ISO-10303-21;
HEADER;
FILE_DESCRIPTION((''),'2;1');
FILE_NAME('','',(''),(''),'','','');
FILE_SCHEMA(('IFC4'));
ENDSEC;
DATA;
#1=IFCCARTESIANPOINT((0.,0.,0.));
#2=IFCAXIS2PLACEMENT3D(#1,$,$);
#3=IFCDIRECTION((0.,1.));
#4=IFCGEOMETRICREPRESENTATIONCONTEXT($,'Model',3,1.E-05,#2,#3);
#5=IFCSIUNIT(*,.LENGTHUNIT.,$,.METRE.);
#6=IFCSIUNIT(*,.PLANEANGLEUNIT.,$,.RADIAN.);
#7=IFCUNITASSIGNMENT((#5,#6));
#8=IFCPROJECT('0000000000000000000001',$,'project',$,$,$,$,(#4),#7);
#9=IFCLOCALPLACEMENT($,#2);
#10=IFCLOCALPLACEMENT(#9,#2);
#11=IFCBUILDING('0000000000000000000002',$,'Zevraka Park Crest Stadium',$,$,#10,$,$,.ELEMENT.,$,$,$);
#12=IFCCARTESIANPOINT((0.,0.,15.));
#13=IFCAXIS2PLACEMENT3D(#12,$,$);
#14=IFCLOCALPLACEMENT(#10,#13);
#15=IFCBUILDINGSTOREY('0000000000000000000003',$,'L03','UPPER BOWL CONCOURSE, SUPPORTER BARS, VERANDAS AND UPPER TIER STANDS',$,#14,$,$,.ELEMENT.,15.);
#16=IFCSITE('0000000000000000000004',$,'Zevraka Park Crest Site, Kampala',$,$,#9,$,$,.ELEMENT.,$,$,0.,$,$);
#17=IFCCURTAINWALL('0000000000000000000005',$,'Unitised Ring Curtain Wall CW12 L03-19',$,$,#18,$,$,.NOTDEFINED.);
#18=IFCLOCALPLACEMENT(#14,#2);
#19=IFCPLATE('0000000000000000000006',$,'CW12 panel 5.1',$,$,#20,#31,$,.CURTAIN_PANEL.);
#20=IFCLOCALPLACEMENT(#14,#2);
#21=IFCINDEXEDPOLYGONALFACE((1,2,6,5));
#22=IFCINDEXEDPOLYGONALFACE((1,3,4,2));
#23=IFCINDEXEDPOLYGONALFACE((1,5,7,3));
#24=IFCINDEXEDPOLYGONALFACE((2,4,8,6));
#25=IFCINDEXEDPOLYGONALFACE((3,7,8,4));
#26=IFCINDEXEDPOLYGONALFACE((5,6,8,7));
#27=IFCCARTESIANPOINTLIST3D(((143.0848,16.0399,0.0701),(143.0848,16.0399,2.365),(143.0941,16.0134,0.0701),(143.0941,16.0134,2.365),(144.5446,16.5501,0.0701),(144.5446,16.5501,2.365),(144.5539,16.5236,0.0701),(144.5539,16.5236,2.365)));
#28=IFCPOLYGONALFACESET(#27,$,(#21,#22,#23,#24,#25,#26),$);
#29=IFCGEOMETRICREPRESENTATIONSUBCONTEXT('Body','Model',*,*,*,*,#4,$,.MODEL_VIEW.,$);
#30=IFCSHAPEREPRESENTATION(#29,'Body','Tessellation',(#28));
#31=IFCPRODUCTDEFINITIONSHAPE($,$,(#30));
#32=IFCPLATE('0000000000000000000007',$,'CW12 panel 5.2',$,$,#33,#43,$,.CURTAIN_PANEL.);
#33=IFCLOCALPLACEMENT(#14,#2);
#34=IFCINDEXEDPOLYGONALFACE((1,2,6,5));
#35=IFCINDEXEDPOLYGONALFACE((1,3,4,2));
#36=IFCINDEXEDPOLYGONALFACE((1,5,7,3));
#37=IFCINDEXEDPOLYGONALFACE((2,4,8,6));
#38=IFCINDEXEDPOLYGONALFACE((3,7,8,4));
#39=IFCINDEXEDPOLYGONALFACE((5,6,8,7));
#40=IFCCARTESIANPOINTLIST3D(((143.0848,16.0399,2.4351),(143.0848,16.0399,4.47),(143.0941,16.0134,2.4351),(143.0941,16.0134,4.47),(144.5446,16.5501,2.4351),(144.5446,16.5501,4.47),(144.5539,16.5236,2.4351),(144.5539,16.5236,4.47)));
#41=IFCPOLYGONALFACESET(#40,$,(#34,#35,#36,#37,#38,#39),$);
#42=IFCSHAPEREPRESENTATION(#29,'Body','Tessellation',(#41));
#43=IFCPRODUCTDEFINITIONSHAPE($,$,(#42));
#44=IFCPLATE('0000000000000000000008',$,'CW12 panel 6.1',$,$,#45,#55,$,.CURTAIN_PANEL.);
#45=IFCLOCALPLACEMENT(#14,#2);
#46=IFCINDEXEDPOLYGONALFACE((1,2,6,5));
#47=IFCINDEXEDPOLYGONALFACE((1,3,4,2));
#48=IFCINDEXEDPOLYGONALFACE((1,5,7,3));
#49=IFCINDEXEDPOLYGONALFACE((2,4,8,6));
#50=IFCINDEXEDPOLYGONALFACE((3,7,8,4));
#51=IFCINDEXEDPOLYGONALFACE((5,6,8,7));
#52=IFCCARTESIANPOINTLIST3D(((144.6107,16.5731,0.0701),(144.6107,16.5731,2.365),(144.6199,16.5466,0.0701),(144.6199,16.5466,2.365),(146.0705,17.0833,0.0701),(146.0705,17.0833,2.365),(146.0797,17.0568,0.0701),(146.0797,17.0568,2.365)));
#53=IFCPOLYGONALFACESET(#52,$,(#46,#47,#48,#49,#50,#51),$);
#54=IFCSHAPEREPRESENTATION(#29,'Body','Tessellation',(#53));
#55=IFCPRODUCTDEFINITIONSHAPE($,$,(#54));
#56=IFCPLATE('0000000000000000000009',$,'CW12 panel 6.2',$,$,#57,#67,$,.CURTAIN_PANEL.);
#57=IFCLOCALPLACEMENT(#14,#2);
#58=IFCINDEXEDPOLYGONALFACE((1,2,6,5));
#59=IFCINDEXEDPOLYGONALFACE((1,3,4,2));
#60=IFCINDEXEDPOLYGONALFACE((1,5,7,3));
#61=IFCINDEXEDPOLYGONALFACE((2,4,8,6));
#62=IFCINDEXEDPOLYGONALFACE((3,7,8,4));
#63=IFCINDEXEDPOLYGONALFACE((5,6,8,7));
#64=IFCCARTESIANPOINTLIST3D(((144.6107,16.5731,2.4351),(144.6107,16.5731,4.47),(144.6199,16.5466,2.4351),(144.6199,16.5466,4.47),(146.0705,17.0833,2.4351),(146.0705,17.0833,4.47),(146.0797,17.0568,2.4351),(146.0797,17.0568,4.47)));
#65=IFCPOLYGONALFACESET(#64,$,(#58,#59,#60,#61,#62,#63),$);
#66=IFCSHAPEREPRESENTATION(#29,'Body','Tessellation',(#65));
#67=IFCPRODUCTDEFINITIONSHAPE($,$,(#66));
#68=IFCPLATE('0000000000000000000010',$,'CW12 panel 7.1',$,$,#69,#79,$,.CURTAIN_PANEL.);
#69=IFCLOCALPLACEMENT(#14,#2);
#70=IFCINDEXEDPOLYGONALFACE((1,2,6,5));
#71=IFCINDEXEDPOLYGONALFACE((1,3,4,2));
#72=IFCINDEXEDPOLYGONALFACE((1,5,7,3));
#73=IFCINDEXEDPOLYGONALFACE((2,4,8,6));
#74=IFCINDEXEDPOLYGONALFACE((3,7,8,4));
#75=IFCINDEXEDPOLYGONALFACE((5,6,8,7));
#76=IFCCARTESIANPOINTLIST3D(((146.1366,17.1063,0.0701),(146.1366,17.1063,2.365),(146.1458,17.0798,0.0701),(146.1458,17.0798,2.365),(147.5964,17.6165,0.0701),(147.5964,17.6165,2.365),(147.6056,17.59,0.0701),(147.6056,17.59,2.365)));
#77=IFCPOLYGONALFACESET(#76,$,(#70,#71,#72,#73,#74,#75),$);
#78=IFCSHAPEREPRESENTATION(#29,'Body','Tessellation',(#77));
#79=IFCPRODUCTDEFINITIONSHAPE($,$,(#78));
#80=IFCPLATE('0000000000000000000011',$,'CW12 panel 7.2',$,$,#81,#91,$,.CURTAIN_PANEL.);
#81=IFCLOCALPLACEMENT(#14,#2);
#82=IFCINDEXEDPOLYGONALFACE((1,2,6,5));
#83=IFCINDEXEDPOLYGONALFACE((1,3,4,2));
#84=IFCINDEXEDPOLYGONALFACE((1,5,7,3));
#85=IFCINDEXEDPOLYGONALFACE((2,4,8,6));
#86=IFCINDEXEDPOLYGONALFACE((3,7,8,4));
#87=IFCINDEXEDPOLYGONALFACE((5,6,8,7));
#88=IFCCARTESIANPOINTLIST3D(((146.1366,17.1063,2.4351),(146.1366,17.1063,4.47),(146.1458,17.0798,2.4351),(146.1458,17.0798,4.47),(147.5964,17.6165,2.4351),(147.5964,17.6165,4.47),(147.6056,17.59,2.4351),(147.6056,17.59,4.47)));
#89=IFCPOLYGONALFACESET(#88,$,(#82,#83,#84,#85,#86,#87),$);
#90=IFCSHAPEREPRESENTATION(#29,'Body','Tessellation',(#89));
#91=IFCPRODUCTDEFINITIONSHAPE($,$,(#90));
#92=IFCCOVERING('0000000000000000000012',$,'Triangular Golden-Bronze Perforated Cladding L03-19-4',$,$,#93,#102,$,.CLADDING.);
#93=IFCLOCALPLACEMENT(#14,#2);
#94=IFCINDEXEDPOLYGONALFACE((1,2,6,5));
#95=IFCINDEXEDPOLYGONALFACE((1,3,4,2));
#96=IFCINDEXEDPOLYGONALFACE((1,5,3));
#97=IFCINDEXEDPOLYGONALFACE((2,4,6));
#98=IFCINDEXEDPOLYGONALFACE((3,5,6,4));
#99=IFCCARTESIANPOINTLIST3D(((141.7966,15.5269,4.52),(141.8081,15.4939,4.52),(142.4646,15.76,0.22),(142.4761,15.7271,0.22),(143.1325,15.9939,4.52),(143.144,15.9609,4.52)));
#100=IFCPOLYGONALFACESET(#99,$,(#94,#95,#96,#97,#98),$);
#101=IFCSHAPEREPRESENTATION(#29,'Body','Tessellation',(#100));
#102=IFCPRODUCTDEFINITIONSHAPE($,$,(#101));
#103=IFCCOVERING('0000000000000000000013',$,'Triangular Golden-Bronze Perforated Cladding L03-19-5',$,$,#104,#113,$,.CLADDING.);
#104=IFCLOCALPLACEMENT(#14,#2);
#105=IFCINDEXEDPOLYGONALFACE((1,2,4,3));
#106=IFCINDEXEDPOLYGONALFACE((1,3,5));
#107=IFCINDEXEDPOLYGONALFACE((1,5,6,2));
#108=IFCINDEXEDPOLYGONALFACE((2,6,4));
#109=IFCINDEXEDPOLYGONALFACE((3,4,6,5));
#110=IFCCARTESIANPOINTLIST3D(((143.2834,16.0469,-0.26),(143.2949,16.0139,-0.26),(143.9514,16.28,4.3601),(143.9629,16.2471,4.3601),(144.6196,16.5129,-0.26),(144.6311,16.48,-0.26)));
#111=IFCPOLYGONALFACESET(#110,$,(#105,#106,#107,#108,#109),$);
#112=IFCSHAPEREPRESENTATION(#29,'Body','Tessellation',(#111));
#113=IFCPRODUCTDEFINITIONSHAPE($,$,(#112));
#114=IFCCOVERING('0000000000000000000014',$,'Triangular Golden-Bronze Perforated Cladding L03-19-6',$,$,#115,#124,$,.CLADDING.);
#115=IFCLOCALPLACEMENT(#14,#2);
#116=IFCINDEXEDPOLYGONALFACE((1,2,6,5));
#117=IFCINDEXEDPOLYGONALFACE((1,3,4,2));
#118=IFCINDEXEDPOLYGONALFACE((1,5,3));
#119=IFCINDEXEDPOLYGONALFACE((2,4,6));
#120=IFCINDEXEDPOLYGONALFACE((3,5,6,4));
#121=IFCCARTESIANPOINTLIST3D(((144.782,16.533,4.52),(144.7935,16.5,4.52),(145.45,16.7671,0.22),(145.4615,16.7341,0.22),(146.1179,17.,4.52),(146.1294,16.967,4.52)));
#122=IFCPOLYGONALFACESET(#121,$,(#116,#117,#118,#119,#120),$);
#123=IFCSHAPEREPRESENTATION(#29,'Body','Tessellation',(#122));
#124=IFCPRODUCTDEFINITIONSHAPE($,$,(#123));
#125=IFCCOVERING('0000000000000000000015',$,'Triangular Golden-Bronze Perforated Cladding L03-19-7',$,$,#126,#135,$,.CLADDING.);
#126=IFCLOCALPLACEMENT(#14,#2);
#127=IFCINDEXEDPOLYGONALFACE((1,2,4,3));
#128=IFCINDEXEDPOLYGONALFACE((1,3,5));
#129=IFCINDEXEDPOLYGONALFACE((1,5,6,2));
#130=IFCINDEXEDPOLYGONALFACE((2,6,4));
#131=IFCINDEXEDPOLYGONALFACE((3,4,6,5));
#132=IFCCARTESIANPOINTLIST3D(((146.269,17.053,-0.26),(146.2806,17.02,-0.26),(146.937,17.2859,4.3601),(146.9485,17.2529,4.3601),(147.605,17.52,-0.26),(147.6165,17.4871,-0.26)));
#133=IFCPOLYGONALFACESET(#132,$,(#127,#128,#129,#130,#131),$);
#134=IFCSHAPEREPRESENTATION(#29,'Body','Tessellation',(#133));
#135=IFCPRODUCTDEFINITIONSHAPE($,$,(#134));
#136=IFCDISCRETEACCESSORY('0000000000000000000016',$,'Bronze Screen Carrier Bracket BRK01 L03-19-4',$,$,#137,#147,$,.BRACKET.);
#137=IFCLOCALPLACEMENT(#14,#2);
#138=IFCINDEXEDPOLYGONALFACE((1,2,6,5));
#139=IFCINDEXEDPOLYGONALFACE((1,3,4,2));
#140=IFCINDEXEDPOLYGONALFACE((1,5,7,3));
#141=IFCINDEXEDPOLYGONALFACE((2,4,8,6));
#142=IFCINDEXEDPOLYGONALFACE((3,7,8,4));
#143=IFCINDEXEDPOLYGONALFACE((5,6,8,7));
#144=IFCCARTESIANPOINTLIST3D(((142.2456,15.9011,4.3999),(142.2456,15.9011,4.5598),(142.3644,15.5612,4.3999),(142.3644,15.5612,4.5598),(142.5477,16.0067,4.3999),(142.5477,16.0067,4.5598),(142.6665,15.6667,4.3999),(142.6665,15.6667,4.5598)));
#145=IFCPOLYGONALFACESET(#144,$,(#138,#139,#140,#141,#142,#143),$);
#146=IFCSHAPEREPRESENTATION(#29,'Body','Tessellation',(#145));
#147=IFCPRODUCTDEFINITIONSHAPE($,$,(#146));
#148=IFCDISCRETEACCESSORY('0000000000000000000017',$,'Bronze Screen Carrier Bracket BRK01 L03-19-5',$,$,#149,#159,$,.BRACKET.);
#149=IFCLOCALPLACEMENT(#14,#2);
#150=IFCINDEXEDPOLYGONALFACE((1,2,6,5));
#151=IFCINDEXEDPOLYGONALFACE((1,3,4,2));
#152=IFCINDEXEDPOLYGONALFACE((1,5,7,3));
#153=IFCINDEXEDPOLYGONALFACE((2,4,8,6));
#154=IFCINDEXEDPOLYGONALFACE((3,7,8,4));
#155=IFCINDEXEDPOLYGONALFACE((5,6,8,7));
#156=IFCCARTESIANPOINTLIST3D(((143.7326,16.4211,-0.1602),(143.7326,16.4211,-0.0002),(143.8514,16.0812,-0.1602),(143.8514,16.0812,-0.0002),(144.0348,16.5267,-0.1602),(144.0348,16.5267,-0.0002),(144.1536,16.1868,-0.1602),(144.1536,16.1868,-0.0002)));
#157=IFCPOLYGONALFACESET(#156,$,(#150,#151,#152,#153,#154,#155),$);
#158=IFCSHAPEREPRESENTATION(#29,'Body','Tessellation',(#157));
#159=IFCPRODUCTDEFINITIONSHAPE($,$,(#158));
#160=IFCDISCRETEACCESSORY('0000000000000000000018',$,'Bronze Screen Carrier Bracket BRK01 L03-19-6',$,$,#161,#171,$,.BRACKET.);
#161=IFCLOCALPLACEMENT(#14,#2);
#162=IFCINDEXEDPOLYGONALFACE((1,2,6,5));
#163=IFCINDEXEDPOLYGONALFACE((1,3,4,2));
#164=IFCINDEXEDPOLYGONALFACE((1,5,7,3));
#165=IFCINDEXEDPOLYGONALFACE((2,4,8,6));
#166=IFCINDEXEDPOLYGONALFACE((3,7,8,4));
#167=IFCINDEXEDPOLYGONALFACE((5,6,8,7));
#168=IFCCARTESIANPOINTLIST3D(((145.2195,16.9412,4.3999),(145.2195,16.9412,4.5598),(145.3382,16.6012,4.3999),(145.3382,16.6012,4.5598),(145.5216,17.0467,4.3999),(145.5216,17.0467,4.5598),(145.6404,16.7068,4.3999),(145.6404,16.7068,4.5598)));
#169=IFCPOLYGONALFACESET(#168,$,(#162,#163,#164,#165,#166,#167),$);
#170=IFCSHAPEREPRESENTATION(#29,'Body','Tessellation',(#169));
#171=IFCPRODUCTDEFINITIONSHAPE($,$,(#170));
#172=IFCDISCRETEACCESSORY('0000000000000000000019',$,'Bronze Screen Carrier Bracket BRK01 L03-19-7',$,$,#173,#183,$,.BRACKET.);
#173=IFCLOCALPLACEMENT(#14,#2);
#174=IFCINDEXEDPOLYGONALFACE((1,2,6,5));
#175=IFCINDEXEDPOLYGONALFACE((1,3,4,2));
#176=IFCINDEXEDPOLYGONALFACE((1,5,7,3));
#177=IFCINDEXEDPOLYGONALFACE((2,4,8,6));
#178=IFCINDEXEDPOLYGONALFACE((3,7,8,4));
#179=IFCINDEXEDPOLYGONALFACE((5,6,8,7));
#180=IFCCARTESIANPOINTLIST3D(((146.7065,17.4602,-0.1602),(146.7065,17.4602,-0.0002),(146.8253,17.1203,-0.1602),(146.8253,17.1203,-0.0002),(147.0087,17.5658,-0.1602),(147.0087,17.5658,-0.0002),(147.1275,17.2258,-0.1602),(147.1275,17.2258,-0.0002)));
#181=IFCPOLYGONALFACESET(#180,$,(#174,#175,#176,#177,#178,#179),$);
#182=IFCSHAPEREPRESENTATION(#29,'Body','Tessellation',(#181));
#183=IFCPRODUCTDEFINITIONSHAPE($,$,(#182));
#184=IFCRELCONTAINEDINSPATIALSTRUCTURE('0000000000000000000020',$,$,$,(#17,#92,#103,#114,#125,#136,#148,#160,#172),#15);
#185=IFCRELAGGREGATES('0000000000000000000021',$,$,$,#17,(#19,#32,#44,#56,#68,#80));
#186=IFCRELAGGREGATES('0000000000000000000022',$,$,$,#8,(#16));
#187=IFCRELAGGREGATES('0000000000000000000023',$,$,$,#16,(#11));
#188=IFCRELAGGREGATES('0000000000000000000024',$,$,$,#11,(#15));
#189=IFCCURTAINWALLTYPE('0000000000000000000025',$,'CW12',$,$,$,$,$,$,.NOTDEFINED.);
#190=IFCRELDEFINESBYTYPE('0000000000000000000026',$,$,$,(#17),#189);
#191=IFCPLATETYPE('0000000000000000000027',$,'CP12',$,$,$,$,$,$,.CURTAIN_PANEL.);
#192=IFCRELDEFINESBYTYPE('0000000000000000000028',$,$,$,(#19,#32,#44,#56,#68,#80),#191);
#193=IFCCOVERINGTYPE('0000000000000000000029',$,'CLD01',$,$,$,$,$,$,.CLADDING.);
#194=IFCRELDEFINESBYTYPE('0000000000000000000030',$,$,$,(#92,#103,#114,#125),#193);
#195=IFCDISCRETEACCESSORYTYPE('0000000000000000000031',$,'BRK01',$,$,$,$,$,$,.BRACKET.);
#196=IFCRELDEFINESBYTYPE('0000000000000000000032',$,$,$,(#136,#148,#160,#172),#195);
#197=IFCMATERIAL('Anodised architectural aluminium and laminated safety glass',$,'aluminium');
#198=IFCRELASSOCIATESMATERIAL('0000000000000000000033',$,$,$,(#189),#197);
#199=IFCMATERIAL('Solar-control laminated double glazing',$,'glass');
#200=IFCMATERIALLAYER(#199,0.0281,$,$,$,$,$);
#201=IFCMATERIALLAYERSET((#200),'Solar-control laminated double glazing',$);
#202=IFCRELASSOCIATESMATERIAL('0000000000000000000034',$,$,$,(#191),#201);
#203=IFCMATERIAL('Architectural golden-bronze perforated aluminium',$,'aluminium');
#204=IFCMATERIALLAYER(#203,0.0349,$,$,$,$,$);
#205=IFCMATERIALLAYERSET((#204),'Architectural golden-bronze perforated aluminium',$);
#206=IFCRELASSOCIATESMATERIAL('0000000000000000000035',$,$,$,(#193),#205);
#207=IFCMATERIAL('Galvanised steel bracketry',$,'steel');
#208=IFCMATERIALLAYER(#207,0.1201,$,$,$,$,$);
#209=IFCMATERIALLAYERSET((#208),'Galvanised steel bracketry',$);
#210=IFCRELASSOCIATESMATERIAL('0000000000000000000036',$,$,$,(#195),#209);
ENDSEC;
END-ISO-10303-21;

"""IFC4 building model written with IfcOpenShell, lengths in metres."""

from ifc_helpers import new_model, si_unit, direction, frame, origin, origin_2d, place, context, subcontext, project, spatial, polyline, rectangle, outline, extrude, material, layer, layer_set, type_object, element, aggregate, save


model = new_model("IFC4")

# Units and contexts
model_context = context("Model", 3, precision=1e-05, world=origin(), true_north=direction((0.0, 1.0)))
body_context = subcontext(model_context, "Body", "Model", "MODEL_VIEW")
ifc_project = project(units=[si_unit("LENGTHUNIT", "METRE"), si_unit("PLANEANGLEUNIT", "RADIAN")], contexts=[model_context])

# Site, building, storey
site_placement = place(None, origin())
site = spatial("IfcSite", under=ifc_project, at=site_placement, Name="Zevraka Park Crest Site, Kampala", CompositionType="ELEMENT", RefElevation=0.0)
building_placement = place(site_placement, origin())
building = spatial("IfcBuilding", under=site, at=building_placement, Name="Zevraka Park Crest Stadium", CompositionType="ELEMENT")
storey_placement = place(building_placement, frame((0.0, 0.0, 15.0)))
storey = spatial("IfcBuildingStorey", under=building, at=storey_placement, Name="L03", Description="UPPER BOWL CONCOURSE, SUPPORTER BARS, VERANDAS AND UPPER TIER STANDS", CompositionType="ELEMENT", Elevation=15.0)

# Curtain wall
ifc_material_1 = material(Name="Anodised architectural aluminium and laminated safety glass", Category="aluminium")
curtain_wall_type = type_object("IfcCurtainWallType", Name="CW12", PredefinedType="NOTDEFINED", material=ifc_material_1)
curtain_wall_placement = place(storey_placement, origin())
curtain_wall = element("IfcCurtainWall", 1, at=curtain_wall_placement, inside=storey, type_object=curtain_wall_type, Name="Unitised Ring Curtain Wall CW12 L03-19", PredefinedType="NOTDEFINED")

# Plates
ifc_material_2 = material(Name="Solar-control laminated double glazing", Category="glass")
ifc_layer_1 = layer(ifc_material_2, 0.0281)
ifc_layer_set_1 = layer_set([ifc_layer_1], Name="Solar-control laminated double glazing")
plate_type = type_object("IfcPlateType", Name="CP12", PredefinedType="CURTAIN_PANEL", material=ifc_layer_set_1)
plate_1_placement = place(storey_placement, frame((143.8193, 16.2817, 0.0701), z_axis=(0.0, 0.0, 1.0), x_axis=(0.94401, 0.329917, 0.0)))
plate_1 = element("IfcPlate", 2, at=plate_1_placement, type_object=plate_type, Name="CW12 panel 5.1", PredefinedType="CURTAIN_PANEL", context=body_context, shape_type="SweptSolid", body=[
    extrude(rectangle(XDim=1.5464, YDim=0.0281, at=origin_2d()), origin(), (0.0, 0.0, 1.0), 2.2949),
])
plate_2_placement = place(storey_placement, frame((143.8193, 16.2817, 2.4351), z_axis=(0.0, 0.0, 1.0), x_axis=(0.94401, 0.329917, 0.0)))
plate_2 = element("IfcPlate", 3, at=plate_2_placement, type_object=plate_type, Name="CW12 panel 5.2", PredefinedType="CURTAIN_PANEL", context=body_context, shape_type="SweptSolid", body=[
    extrude(rectangle(XDim=1.5464, YDim=0.0281, at=origin_2d()), origin(), (0.0, 0.0, 1.0), 2.0349),
])
plate_3_placement = place(storey_placement, frame((145.3452, 16.8149, 0.0701), z_axis=(0.0, 0.0, 1.0), x_axis=(0.94401, 0.329917, 0.0)))
plate_3 = element("IfcPlate", 4, at=plate_3_placement, type_object=plate_type, Name="CW12 panel 6.1", PredefinedType="CURTAIN_PANEL", context=body_context, shape_type="SweptSolid", body=[
    extrude(rectangle(XDim=1.5464, YDim=0.0281, at=origin_2d()), origin(), (0.0, 0.0, 1.0), 2.2949),
])
plate_4_placement = place(storey_placement, frame((145.3452, 16.8149, 2.4351), z_axis=(0.0, 0.0, 1.0), x_axis=(0.94401, 0.329917, 0.0)))
plate_4 = element("IfcPlate", 5, at=plate_4_placement, type_object=plate_type, Name="CW12 panel 6.2", PredefinedType="CURTAIN_PANEL", context=body_context, shape_type="SweptSolid", body=[
    extrude(rectangle(XDim=1.5464, YDim=0.0281, at=origin_2d()), origin(), (0.0, 0.0, 1.0), 2.0349),
])
plate_5_placement = place(storey_placement, frame((146.8711, 17.3481, 0.0701), z_axis=(0.0, 0.0, 1.0), x_axis=(0.94401, 0.329917, 0.0)))
plate_5 = element("IfcPlate", 6, at=plate_5_placement, type_object=plate_type, Name="CW12 panel 7.1", PredefinedType="CURTAIN_PANEL", context=body_context, shape_type="SweptSolid", body=[
    extrude(rectangle(XDim=1.5464, YDim=0.0281, at=origin_2d()), origin(), (0.0, 0.0, 1.0), 2.2949),
])
plate_6_placement = place(storey_placement, frame((146.8711, 17.3481, 2.4351), z_axis=(0.0, 0.0, 1.0), x_axis=(0.94401, 0.329917, 0.0)))
plate_6 = element("IfcPlate", 7, at=plate_6_placement, type_object=plate_type, Name="CW12 panel 7.2", PredefinedType="CURTAIN_PANEL", context=body_context, shape_type="SweptSolid", body=[
    extrude(rectangle(XDim=1.5464, YDim=0.0281, at=origin_2d()), origin(), (0.0, 0.0, 1.0), 2.0349),
])
aggregate(curtain_wall, [plate_1, plate_2, plate_3, plate_4, plate_5, plate_6])

# Coverings
ifc_material_3 = material(Name="Architectural golden-bronze perforated aluminium", Category="aluminium")
ifc_layer_2 = layer(ifc_material_3, 0.0349)
ifc_layer_set_2 = layer_set([ifc_layer_2], Name="Architectural golden-bronze perforated aluminium")
covering_type = type_object("IfcCoveringType", Name="CLD01", PredefinedType="CLADDING", material=ifc_layer_set_2)
covering_1_placement = place(storey_placement, frame((143.144, 15.9609, 4.52), z_axis=(0.330012, -0.943977, 0.00008), x_axis=(-0.943977, -0.330012, 0.0)))
element("IfcCovering", 8, at=covering_1_placement, inside=storey, type_object=covering_type, Name="Triangular Golden-Bronze Perforated Cladding L03-19-4", PredefinedType="CLADDING", context=body_context, shape_type="SweptSolid", body=[
    extrude(outline(polyline([(0.0, 0.0), (1.4152, 0.0), (0.7077, 4.3), (0.0, 0.0)])), origin(), (0.0, 0.0, -1.0), 0.0349),
])
covering_2_placement = place(storey_placement, frame((143.2949, 16.0139, -0.26), z_axis=(0.329344, -0.94421, 0.000034), x_axis=(0.94421, 0.329344, 0.0)))
element("IfcCovering", 9, at=covering_2_placement, inside=storey, type_object=covering_type, Name="Triangular Golden-Bronze Perforated Cladding L03-19-5", PredefinedType="CLADDING", context=body_context, shape_type="SweptSolid", body=[
    extrude(outline(polyline([(0.0, 0.0), (1.4151, 0.0), (0.7075, 4.6201), (0.0, 0.0)])), origin(), (0.0, 0.0, -1.0), 0.0349),
])
covering_3_placement = place(storey_placement, frame((146.1179, 17.0, 4.52), z_axis=(-0.330012, 0.943977, 0.000134), x_axis=(-0.943977, -0.330012, 0.0)))
element("IfcCovering", 10, at=covering_3_placement, inside=storey, type_object=covering_type, Name="Triangular Golden-Bronze Perforated Cladding L03-19-6", PredefinedType="CLADDING", context=body_context, shape_type="SweptSolid", body=[
    extrude(outline(polyline([(0.0, 0.0), (1.4152, 0.0), (0.7074, -4.3), (0.0, 0.0)])), origin(), (0.0, 0.0, -1.0), 0.0349),
])
covering_4_placement = place(storey_placement, frame((146.269, 17.053, -0.26), z_axis=(-0.330012, 0.943977, 0.000125), x_axis=(0.943977, 0.330012, 0.0)))
element("IfcCovering", 11, at=covering_4_placement, inside=storey, type_object=covering_type, Name="Triangular Golden-Bronze Perforated Cladding L03-19-7", PredefinedType="CLADDING", context=body_context, shape_type="SweptSolid", body=[
    extrude(outline(polyline([(0.0, 0.0), (1.4152, 0.0), (0.7074, -4.6201), (0.0, 0.0)])), origin(), (0.0, 0.0, -1.0), 0.0349),
])

# Discrete accessories
ifc_material_4 = material(Name="Galvanised steel bracketry", Category="steel")
ifc_layer_3 = layer(ifc_material_4, 0.1201)
ifc_layer_set_3 = layer_set([ifc_layer_3], Name="Galvanised steel bracketry")
discrete_accessory_type = type_object("IfcDiscreteAccessoryType", Name="BRK01", PredefinedType="BRACKET", material=ifc_layer_set_3)
for number, where, z_axis, x_axis, name in (
    (12, (142.4561, 15.7839, 4.3999), (0.0, 0.0, 1.0), (0.944031, 0.329855, 0.0), "Bronze Screen Carrier Bracket BRK01 L03-19-4"),
    (13, (143.9431, 16.304, -0.1602), (0.0, 0.0, 1.0), (0.944031, 0.329855, 0.0), "Bronze Screen Carrier Bracket BRK01 L03-19-5"),
    (14, (145.4299, 16.824, 4.3999), (0.0, 0.0, 1.0), (0.944031, 0.329855, 0.0), "Bronze Screen Carrier Bracket BRK01 L03-19-6"),
    (15, (146.917, 17.343, -0.1602), (0.0, 0.0, 1.0), (0.944031, 0.329855, 0.0), "Bronze Screen Carrier Bracket BRK01 L03-19-7"),
):
    element("IfcDiscreteAccessory", number, at=place(storey_placement, frame(where, z_axis=z_axis, x_axis=x_axis)), inside=storey, type_object=discrete_accessory_type, Name=name, PredefinedType="BRACKET", context=body_context, shape_type="SweptSolid", body=[
        extrude(rectangle(XDim=0.3201, YDim=0.3601, at=origin_2d()), origin(), (0.0, 0.0, 1.0), 0.1599),
    ])

save(model, "model.ifc")
